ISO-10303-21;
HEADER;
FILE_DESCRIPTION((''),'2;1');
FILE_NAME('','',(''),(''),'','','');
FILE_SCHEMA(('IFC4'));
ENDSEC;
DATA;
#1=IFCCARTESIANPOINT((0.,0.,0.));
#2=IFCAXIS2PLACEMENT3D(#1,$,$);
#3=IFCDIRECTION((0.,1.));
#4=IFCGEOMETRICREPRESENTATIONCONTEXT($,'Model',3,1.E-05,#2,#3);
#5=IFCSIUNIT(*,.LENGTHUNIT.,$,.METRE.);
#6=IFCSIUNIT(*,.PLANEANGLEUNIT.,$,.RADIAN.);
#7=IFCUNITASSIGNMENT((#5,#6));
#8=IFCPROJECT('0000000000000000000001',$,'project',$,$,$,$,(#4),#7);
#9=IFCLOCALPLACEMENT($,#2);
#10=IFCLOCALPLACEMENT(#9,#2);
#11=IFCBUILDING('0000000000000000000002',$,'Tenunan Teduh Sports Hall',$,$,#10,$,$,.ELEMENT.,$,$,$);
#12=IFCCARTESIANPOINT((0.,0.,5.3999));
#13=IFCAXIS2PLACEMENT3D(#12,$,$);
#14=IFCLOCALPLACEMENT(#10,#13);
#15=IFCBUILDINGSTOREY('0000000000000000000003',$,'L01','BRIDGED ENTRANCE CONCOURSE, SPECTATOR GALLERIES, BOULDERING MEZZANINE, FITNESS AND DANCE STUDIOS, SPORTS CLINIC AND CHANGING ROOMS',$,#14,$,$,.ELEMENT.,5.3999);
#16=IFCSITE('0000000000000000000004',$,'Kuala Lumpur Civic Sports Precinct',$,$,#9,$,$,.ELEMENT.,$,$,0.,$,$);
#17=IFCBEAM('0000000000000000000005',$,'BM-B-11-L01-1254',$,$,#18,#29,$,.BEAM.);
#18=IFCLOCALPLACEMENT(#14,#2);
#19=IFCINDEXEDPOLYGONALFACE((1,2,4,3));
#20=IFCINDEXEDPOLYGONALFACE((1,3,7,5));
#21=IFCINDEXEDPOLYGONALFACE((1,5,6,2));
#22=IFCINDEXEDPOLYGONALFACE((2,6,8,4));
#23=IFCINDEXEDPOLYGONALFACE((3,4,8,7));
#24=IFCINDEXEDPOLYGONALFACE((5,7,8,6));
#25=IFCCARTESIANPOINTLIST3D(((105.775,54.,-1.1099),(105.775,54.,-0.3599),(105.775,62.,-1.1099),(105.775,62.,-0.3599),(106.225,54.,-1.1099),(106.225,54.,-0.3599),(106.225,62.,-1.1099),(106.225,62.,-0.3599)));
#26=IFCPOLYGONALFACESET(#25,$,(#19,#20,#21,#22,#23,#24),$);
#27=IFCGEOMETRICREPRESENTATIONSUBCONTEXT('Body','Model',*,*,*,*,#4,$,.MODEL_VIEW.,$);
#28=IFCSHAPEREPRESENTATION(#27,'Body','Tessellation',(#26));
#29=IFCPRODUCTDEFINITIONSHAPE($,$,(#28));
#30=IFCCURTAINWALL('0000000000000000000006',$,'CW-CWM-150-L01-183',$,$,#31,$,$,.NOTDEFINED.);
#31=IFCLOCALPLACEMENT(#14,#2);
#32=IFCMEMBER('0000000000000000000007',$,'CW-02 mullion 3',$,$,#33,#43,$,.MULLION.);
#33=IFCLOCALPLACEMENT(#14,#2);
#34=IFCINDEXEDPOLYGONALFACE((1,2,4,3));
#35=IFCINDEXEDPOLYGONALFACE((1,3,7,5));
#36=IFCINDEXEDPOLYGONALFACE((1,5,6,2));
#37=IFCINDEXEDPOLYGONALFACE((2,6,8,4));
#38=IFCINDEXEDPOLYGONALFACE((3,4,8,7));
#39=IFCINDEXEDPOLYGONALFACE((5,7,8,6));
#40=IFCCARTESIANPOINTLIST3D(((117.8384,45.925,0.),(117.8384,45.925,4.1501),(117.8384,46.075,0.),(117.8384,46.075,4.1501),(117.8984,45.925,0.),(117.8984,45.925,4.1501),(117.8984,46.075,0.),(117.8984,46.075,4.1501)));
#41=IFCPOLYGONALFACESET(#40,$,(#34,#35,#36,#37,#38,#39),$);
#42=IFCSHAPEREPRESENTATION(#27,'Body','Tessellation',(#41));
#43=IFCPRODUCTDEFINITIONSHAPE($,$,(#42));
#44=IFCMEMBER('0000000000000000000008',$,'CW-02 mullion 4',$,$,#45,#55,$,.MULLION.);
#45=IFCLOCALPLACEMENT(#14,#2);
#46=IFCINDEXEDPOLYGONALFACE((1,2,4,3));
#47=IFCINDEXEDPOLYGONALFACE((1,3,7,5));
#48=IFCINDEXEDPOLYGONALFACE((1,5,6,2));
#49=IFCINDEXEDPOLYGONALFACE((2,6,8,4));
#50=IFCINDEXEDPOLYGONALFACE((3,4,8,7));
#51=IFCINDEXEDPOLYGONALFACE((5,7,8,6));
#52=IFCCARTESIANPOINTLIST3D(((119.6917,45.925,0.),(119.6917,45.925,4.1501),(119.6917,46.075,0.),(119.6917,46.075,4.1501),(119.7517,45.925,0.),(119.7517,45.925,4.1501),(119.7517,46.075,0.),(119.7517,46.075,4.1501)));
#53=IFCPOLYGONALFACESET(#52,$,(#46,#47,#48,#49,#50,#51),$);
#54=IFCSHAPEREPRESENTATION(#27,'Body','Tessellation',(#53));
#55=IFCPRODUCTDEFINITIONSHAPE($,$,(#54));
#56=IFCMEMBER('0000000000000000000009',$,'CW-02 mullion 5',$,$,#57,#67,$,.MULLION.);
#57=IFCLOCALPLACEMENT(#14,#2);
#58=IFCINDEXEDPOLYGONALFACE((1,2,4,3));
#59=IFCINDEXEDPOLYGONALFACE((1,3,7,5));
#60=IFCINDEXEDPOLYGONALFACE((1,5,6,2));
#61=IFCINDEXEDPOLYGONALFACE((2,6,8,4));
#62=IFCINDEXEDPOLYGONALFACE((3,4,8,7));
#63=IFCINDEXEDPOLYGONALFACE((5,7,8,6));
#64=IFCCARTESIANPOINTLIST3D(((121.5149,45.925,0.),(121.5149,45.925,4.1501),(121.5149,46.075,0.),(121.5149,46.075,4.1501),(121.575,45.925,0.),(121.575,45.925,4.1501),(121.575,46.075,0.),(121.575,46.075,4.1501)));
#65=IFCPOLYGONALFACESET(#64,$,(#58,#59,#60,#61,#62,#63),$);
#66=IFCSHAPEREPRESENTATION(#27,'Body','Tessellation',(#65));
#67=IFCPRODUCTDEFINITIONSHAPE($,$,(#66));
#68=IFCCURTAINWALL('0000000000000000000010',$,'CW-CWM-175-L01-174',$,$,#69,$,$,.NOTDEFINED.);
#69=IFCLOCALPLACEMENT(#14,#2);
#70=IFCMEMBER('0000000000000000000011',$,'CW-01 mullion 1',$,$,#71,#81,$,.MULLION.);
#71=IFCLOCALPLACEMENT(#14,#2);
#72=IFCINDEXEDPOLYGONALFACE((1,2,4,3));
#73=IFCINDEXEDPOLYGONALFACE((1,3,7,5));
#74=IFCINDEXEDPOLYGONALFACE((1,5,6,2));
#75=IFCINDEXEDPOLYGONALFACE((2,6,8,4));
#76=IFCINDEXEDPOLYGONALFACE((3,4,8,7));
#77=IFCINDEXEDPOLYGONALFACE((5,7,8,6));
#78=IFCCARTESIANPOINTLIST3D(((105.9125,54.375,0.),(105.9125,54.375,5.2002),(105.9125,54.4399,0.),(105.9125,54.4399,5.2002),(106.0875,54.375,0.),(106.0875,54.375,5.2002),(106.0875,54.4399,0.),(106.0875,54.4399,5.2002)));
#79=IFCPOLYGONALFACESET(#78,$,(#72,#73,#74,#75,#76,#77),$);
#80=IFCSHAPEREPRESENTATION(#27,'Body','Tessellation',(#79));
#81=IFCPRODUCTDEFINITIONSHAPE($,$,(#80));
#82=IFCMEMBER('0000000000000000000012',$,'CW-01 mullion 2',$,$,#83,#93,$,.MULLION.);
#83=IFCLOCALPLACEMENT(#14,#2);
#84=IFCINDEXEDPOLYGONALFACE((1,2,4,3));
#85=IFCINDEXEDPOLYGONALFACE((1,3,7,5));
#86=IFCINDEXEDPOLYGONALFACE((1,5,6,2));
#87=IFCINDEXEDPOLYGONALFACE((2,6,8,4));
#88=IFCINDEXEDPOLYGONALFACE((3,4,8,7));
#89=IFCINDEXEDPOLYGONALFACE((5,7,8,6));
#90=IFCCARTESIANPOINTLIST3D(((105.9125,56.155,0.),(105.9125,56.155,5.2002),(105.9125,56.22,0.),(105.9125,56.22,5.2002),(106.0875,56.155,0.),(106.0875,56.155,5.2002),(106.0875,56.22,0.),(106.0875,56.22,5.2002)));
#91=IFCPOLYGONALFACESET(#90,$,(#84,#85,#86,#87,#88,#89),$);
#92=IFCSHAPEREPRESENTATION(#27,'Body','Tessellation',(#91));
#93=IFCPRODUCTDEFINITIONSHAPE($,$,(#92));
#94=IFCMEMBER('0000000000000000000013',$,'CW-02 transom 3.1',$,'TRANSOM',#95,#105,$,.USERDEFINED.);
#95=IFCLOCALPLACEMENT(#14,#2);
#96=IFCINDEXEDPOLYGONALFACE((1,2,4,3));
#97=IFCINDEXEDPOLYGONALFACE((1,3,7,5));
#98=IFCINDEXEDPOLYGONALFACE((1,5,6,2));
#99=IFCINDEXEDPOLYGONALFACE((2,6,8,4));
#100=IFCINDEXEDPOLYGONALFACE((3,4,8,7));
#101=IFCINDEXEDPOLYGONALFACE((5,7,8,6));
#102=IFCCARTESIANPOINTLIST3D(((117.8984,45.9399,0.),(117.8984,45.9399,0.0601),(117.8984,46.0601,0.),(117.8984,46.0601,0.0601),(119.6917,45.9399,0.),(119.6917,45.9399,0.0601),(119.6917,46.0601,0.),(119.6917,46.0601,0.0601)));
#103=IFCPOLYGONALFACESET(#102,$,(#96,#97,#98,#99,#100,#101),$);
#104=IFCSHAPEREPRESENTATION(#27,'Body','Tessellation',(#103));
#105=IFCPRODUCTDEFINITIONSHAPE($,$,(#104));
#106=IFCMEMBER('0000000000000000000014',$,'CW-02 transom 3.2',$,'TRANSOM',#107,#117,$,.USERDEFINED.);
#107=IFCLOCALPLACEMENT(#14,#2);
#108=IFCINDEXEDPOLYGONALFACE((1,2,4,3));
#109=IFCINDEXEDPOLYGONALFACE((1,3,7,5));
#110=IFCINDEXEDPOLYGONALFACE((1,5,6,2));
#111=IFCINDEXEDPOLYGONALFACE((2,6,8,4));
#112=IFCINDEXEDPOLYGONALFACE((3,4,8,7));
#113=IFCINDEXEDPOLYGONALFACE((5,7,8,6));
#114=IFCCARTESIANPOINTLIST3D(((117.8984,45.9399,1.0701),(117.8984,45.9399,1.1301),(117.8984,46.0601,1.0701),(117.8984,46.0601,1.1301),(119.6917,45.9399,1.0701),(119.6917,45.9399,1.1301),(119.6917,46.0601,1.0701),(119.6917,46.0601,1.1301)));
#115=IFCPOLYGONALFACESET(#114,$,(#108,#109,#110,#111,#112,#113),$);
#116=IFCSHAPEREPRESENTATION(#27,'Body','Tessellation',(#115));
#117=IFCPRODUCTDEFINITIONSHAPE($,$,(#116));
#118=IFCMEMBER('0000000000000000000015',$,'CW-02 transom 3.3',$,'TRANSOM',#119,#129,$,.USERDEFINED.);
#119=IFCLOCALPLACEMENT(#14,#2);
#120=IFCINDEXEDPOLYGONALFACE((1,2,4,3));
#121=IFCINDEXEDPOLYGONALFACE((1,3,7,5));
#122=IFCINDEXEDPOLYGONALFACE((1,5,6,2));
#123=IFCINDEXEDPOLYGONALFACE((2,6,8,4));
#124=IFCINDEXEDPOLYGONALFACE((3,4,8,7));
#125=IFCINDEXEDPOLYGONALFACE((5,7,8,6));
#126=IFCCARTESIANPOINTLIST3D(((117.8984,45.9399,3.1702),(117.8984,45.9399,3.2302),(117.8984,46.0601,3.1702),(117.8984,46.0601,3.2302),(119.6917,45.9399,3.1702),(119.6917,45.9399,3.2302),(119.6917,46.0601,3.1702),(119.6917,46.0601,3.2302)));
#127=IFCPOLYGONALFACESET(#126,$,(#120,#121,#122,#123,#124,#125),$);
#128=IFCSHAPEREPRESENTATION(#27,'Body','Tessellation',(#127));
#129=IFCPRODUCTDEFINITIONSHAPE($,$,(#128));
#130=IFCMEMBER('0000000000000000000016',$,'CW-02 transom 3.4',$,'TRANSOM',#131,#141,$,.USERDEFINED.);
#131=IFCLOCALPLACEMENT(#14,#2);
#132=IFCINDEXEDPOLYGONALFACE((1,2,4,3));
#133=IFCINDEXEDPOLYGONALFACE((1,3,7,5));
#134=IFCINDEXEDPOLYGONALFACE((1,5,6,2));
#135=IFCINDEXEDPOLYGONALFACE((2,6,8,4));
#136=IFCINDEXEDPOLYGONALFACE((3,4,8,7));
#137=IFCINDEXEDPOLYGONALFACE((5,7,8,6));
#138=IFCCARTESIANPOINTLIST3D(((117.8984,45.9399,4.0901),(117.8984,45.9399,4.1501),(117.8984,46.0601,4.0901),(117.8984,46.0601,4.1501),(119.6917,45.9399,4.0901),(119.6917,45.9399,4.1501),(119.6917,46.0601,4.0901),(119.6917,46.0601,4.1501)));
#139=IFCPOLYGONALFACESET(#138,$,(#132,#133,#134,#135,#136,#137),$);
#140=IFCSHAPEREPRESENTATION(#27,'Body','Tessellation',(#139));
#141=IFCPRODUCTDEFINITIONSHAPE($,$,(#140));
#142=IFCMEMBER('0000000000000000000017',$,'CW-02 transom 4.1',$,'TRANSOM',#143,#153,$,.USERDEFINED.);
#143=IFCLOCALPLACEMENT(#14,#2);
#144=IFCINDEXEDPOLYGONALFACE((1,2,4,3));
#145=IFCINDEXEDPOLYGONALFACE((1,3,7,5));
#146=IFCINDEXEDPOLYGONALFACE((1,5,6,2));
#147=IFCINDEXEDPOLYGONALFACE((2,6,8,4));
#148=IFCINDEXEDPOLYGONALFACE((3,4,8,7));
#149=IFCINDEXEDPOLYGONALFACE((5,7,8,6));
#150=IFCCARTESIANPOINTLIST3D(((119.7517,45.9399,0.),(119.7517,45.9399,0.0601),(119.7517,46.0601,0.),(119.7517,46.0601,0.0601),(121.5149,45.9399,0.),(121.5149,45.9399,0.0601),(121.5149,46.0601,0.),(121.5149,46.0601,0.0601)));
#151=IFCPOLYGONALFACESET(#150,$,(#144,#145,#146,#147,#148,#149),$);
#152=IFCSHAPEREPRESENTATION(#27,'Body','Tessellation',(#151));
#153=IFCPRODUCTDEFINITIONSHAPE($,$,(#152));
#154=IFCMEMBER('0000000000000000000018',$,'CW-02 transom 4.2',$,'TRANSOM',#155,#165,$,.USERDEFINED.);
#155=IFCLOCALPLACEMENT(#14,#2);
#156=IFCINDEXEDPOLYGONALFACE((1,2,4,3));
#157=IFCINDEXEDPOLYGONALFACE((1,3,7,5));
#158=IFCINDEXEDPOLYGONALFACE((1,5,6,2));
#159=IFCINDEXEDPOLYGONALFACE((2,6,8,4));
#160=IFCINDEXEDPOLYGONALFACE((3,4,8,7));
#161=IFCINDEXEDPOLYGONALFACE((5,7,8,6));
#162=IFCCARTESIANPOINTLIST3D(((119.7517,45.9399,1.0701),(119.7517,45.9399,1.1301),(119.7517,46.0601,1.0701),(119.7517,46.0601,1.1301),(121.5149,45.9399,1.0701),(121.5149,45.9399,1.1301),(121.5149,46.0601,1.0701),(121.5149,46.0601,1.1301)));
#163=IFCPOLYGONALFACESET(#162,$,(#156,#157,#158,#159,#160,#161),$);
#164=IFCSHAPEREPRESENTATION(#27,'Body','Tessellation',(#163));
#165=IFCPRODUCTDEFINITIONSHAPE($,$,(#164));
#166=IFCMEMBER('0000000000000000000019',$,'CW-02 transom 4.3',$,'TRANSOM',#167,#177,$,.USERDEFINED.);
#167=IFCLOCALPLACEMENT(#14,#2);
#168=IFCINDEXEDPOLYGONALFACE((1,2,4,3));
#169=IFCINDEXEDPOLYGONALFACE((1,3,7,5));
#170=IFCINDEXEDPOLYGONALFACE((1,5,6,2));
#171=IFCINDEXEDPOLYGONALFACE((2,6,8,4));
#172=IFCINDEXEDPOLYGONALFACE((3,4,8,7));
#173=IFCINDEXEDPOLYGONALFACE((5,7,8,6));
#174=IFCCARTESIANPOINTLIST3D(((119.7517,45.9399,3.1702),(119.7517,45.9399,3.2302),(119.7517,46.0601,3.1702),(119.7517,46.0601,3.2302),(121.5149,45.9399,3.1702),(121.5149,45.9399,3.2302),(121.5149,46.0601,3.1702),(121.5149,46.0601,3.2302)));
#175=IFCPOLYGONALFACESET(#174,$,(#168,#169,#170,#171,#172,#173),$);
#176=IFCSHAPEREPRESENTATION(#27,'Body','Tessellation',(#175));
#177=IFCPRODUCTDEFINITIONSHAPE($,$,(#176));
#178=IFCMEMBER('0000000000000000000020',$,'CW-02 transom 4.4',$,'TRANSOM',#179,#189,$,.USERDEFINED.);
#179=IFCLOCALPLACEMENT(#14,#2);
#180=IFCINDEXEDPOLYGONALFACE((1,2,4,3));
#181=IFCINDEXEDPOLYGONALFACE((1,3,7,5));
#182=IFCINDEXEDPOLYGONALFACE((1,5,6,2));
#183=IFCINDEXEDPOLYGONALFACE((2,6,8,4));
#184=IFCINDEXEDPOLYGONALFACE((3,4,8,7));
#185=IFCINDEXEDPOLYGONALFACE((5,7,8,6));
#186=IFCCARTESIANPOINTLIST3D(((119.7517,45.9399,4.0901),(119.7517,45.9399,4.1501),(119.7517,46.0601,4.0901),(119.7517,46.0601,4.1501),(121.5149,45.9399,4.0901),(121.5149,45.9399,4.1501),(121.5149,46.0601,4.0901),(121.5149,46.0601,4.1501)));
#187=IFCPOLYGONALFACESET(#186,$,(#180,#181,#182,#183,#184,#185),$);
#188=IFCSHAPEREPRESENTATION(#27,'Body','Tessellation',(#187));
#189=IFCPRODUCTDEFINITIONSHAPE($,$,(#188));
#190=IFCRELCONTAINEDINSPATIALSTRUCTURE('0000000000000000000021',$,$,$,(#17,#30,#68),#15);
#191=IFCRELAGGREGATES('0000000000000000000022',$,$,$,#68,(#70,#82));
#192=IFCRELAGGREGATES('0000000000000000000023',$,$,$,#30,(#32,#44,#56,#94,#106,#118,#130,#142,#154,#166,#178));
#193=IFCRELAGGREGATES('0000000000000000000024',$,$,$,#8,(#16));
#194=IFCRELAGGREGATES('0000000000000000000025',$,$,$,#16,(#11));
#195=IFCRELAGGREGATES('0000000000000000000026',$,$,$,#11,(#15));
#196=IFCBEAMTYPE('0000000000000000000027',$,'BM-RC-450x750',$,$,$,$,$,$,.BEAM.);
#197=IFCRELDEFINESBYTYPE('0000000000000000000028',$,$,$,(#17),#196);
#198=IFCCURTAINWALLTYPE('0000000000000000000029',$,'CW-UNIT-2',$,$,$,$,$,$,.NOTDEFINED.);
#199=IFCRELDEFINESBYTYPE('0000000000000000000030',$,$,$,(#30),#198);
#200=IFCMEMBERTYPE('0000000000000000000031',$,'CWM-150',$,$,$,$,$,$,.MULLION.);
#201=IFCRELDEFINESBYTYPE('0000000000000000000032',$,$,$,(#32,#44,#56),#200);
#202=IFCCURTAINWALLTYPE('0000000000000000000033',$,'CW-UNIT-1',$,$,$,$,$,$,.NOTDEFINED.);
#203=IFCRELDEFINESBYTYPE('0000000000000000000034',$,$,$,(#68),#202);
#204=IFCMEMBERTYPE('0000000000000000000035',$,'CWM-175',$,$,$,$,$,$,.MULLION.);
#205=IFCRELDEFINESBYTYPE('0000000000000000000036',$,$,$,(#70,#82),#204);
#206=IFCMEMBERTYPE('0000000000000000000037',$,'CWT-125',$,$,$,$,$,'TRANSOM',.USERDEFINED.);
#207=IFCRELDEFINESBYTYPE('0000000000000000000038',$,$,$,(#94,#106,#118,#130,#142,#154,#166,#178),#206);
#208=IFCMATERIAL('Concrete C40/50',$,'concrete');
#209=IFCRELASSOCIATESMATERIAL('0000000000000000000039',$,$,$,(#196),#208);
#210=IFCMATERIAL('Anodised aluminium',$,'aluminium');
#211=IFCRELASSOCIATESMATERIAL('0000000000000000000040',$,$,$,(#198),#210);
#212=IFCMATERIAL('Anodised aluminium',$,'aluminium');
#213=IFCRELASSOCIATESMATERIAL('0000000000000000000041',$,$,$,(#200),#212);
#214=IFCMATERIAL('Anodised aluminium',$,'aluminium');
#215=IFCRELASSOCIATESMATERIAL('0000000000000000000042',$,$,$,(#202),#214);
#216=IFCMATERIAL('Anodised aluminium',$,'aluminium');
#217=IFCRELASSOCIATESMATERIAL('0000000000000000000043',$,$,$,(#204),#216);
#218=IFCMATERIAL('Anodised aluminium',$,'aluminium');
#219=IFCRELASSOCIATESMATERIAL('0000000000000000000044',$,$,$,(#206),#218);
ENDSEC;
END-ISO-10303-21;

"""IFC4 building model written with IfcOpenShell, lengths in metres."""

from ifc_helpers import new_model, si_unit, direction, frame, origin, origin_2d, place, context, subcontext, project, spatial, rectangle, extrude, material, material_profile, profile_set, type_object, element, aggregate, save


model = new_model("IFC4")

# Units and contexts
model_context = context("Model", 3, precision=1e-05, world=origin(), true_north=direction((0.0, 1.0)))
body_context = subcontext(model_context, "Body", "Model", "MODEL_VIEW")
ifc_project = project(units=[si_unit("LENGTHUNIT", "METRE"), si_unit("PLANEANGLEUNIT", "RADIAN")], contexts=[model_context])

# Site, building, storey
site_placement = place(None, origin())
site = spatial("IfcSite", under=ifc_project, at=site_placement, Name="Kuala Lumpur Civic Sports Precinct", CompositionType="ELEMENT", RefElevation=0.0)
building_placement = place(site_placement, origin())
building = spatial("IfcBuilding", under=site, at=building_placement, Name="Tenunan Teduh Sports Hall", CompositionType="ELEMENT")
storey_placement = place(building_placement, frame((0.0, 0.0, 5.3999)))
storey = spatial("IfcBuildingStorey", under=building, at=storey_placement, Name="L01", Description="BRIDGED ENTRANCE CONCOURSE, SPECTATOR GALLERIES, BOULDERING MEZZANINE, FITNESS AND DANCE STUDIOS, SPORTS CLINIC AND CHANGING ROOMS", CompositionType="ELEMENT", Elevation=5.3999)

# Beam
ifc_material_1 = material(Name="Concrete C40/50", Category="concrete")
ifc_material_profile_1 = material_profile(ifc_material_1, rectangle(XDim=0.45, YDim=0.75, at=origin_2d()), Name="RCB 450x750")
ifc_profile_set_1 = profile_set([ifc_material_profile_1], Name="Concrete C40/50")
beam_type = type_object("IfcBeamType", Name="BM-RC-450x750", PredefinedType="BEAM", material=ifc_profile_set_1)
beam_placement = place(storey_placement, frame((106.0, 54.0, -0.7349), z_axis=(0.0, 1.0, 0.0), x_axis=(-1.0, 0.0, 0.0)))
element("IfcBeam", 1, at=beam_placement, inside=storey, type_object=beam_type, Name="BM-B-11-L01-1254", PredefinedType="BEAM", context=body_context, shape_type="SweptSolid", body=[
    extrude(rectangle(XDim=0.45, YDim=0.75, at=origin_2d()), origin(), (0.0, 0.0, 1.0), 8.0),
])

# Curtain walls, members
ifc_material_2 = material(Name="Anodised aluminium", Category="aluminium")
curtain_wall_type_1 = type_object("IfcCurtainWallType", Name="CW-UNIT-2", PredefinedType="NOTDEFINED", material=ifc_material_2)
curtain_wall_1_placement = place(storey_placement, origin())
curtain_wall_1 = element("IfcCurtainWall", 2, at=curtain_wall_1_placement, inside=storey, type_object=curtain_wall_type_1, Name="CW-CWM-150-L01-183", PredefinedType="NOTDEFINED")
ifc_material_3 = material(Name="Anodised aluminium", Category="aluminium")
ifc_material_profile_2 = material_profile(ifc_material_3, rectangle(XDim=0.0601, YDim=0.1499, at=origin_2d()), Name="CWM 60x150")
ifc_profile_set_2 = profile_set([ifc_material_profile_2], Name="Anodised aluminium")
member_type_1 = type_object("IfcMemberType", Name="CWM-150", PredefinedType="MULLION", material=ifc_profile_set_2)
member_1_placement = place(storey_placement, frame((117.8684, 46.0, 0.0), z_axis=(0.0, 0.0, 1.0), x_axis=(1.0, 0.0, 0.0)))
member_1 = element("IfcMember", 3, at=member_1_placement, type_object=member_type_1, Name="CW-02 mullion 3", PredefinedType="MULLION", context=body_context, shape_type="SweptSolid", body=[
    extrude(rectangle(XDim=0.0601, YDim=0.1499, at=origin_2d()), origin(), (0.0, 0.0, 1.0), 4.1501),
])
member_2_placement = place(storey_placement, frame((119.7217, 46.0, 0.0), z_axis=(0.0, 0.0, 1.0), x_axis=(1.0, 0.0, 0.0)))
member_2 = element("IfcMember", 4, at=member_2_placement, type_object=member_type_1, Name="CW-02 mullion 4", PredefinedType="MULLION", context=body_context, shape_type="SweptSolid", body=[
    extrude(rectangle(XDim=0.0601, YDim=0.1499, at=origin_2d()), origin(), (0.0, 0.0, 1.0), 4.1501),
])
member_3_placement = place(storey_placement, frame((121.5449, 46.0, 0.0), z_axis=(0.0, 0.0, 1.0), x_axis=(1.0, 0.0, 0.0)))
member_3 = element("IfcMember", 5, at=member_3_placement, type_object=member_type_1, Name="CW-02 mullion 5", PredefinedType="MULLION", context=body_context, shape_type="SweptSolid", body=[
    extrude(rectangle(XDim=0.0601, YDim=0.1499, at=origin_2d()), origin(), (0.0, 0.0, 1.0), 4.1501),
])
ifc_material_4 = material(Name="Anodised aluminium", Category="aluminium")
curtain_wall_type_2 = type_object("IfcCurtainWallType", Name="CW-UNIT-1", PredefinedType="NOTDEFINED", material=ifc_material_4)
curtain_wall_2_placement = place(storey_placement, origin())
curtain_wall_2 = element("IfcCurtainWall", 6, at=curtain_wall_2_placement, inside=storey, type_object=curtain_wall_type_2, Name="CW-CWM-175-L01-174", PredefinedType="NOTDEFINED")
ifc_material_5 = material(Name="Anodised aluminium", Category="aluminium")
ifc_material_profile_3 = material_profile(ifc_material_5, rectangle(XDim=0.0649, YDim=0.175, at=origin_2d()), Name="CWM 65x175")
ifc_profile_set_3 = profile_set([ifc_material_profile_3], Name="Anodised aluminium")
member_type_2 = type_object("IfcMemberType", Name="CWM-175", PredefinedType="MULLION", material=ifc_profile_set_3)
member_4_placement = place(storey_placement, frame((106.0, 54.4075, 0.0), z_axis=(0.0, 0.0, 1.0), x_axis=(0.0, 1.0, 0.0)))
member_4 = element("IfcMember", 7, at=member_4_placement, type_object=member_type_2, Name="CW-01 mullion 1", PredefinedType="MULLION", context=body_context, shape_type="SweptSolid", body=[
    extrude(rectangle(XDim=0.0649, YDim=0.175, at=origin_2d()), origin(), (0.0, 0.0, 1.0), 5.2002),
])
member_5_placement = place(storey_placement, frame((106.0, 56.1875, 0.0), z_axis=(0.0, 0.0, 1.0), x_axis=(0.0, 1.0, 0.0)))
member_5 = element("IfcMember", 8, at=member_5_placement, type_object=member_type_2, Name="CW-01 mullion 2", PredefinedType="MULLION", context=body_context, shape_type="SweptSolid", body=[
    extrude(rectangle(XDim=0.0649, YDim=0.175, at=origin_2d()), origin(), (0.0, 0.0, 1.0), 5.2002),
])

# Members
ifc_material_6 = material(Name="Anodised aluminium", Category="aluminium")
ifc_material_profile_4 = material_profile(ifc_material_6, rectangle(XDim=0.0601, YDim=0.1201, at=origin_2d()), Name="CWT 60x120")
ifc_profile_set_4 = profile_set([ifc_material_profile_4], Name="Anodised aluminium")
member_type_3 = type_object("IfcMemberType", Name="CWT-125", ElementType="TRANSOM", PredefinedType="USERDEFINED", material=ifc_profile_set_4)
member_6_placement = place(storey_placement, frame((117.8984, 46.0, 0.03), z_axis=(1.0, 0.0, 0.0), x_axis=(0.0, 0.0, 1.0)))
member_6 = element("IfcMember", 9, at=member_6_placement, type_object=member_type_3, Name="CW-02 transom 3.1", ObjectType="TRANSOM", PredefinedType="USERDEFINED", context=body_context, shape_type="SweptSolid", body=[
    extrude(rectangle(XDim=0.0601, YDim=0.1201, at=origin_2d()), origin(), (0.0, 0.0, 1.0), 1.7932),
])
member_7_placement = place(storey_placement, frame((117.8984, 46.0, 1.1001), z_axis=(1.0, 0.0, 0.0), x_axis=(0.0, 0.0, 1.0)))
member_7 = element("IfcMember", 10, at=member_7_placement, type_object=member_type_3, Name="CW-02 transom 3.2", ObjectType="TRANSOM", PredefinedType="USERDEFINED", context=body_context, shape_type="SweptSolid", body=[
    extrude(rectangle(XDim=0.0601, YDim=0.1201, at=origin_2d()), origin(), (0.0, 0.0, 1.0), 1.7932),
])
member_8_placement = place(storey_placement, frame((117.8984, 46.0, 3.2002), z_axis=(1.0, 0.0, 0.0), x_axis=(0.0, 0.0, 1.0)))
member_8 = element("IfcMember", 11, at=member_8_placement, type_object=member_type_3, Name="CW-02 transom 3.3", ObjectType="TRANSOM", PredefinedType="USERDEFINED", context=body_context, shape_type="SweptSolid", body=[
    extrude(rectangle(XDim=0.0601, YDim=0.1201, at=origin_2d()), origin(), (0.0, 0.0, 1.0), 1.7932),
])
member_9_placement = place(storey_placement, frame((117.8984, 46.0, 4.1201), z_axis=(1.0, 0.0, 0.0), x_axis=(0.0, 0.0, 1.0)))
member_9 = element("IfcMember", 12, at=member_9_placement, type_object=member_type_3, Name="CW-02 transom 3.4", ObjectType="TRANSOM", PredefinedType="USERDEFINED", context=body_context, shape_type="SweptSolid", body=[
    extrude(rectangle(XDim=0.0601, YDim=0.1201, at=origin_2d()), origin(), (0.0, 0.0, 1.0), 1.7932),
])
member_10_placement = place(storey_placement, frame((119.7517, 46.0, 0.03), z_axis=(1.0, 0.0, 0.0), x_axis=(0.0, 0.0, 1.0)))
member_10 = element("IfcMember", 13, at=member_10_placement, type_object=member_type_3, Name="CW-02 transom 4.1", ObjectType="TRANSOM", PredefinedType="USERDEFINED", context=body_context, shape_type="SweptSolid", body=[
    extrude(rectangle(XDim=0.0601, YDim=0.1201, at=origin_2d()), origin(), (0.0, 0.0, 1.0), 1.7632),
])
member_11_placement = place(storey_placement, frame((119.7517, 46.0, 1.1001), z_axis=(1.0, 0.0, 0.0), x_axis=(0.0, 0.0, 1.0)))
member_11 = element("IfcMember", 14, at=member_11_placement, type_object=member_type_3, Name="CW-02 transom 4.2", ObjectType="TRANSOM", PredefinedType="USERDEFINED", context=body_context, shape_type="SweptSolid", body=[
    extrude(rectangle(XDim=0.0601, YDim=0.1201, at=origin_2d()), origin(), (0.0, 0.0, 1.0), 1.7632),
])
member_12_placement = place(storey_placement, frame((119.7517, 46.0, 3.2002), z_axis=(1.0, 0.0, 0.0), x_axis=(0.0, 0.0, 1.0)))
member_12 = element("IfcMember", 15, at=member_12_placement, type_object=member_type_3, Name="CW-02 transom 4.3", ObjectType="TRANSOM", PredefinedType="USERDEFINED", context=body_context, shape_type="SweptSolid", body=[
    extrude(rectangle(XDim=0.0601, YDim=0.1201, at=origin_2d()), origin(), (0.0, 0.0, 1.0), 1.7632),
])
member_13_placement = place(storey_placement, frame((119.7517, 46.0, 4.1201), z_axis=(1.0, 0.0, 0.0), x_axis=(0.0, 0.0, 1.0)))
member_13 = element("IfcMember", 16, at=member_13_placement, type_object=member_type_3, Name="CW-02 transom 4.4", ObjectType="TRANSOM", PredefinedType="USERDEFINED", context=body_context, shape_type="SweptSolid", body=[
    extrude(rectangle(XDim=0.0601, YDim=0.1201, at=origin_2d()), origin(), (0.0, 0.0, 1.0), 1.7632),
])

aggregate(curtain_wall_2, [member_4, member_5])
aggregate(curtain_wall_1, [member_1, member_2, member_3, member_6, member_7, member_8, member_9, member_10, member_11, member_12, member_13])

save(model, "model.ifc")
